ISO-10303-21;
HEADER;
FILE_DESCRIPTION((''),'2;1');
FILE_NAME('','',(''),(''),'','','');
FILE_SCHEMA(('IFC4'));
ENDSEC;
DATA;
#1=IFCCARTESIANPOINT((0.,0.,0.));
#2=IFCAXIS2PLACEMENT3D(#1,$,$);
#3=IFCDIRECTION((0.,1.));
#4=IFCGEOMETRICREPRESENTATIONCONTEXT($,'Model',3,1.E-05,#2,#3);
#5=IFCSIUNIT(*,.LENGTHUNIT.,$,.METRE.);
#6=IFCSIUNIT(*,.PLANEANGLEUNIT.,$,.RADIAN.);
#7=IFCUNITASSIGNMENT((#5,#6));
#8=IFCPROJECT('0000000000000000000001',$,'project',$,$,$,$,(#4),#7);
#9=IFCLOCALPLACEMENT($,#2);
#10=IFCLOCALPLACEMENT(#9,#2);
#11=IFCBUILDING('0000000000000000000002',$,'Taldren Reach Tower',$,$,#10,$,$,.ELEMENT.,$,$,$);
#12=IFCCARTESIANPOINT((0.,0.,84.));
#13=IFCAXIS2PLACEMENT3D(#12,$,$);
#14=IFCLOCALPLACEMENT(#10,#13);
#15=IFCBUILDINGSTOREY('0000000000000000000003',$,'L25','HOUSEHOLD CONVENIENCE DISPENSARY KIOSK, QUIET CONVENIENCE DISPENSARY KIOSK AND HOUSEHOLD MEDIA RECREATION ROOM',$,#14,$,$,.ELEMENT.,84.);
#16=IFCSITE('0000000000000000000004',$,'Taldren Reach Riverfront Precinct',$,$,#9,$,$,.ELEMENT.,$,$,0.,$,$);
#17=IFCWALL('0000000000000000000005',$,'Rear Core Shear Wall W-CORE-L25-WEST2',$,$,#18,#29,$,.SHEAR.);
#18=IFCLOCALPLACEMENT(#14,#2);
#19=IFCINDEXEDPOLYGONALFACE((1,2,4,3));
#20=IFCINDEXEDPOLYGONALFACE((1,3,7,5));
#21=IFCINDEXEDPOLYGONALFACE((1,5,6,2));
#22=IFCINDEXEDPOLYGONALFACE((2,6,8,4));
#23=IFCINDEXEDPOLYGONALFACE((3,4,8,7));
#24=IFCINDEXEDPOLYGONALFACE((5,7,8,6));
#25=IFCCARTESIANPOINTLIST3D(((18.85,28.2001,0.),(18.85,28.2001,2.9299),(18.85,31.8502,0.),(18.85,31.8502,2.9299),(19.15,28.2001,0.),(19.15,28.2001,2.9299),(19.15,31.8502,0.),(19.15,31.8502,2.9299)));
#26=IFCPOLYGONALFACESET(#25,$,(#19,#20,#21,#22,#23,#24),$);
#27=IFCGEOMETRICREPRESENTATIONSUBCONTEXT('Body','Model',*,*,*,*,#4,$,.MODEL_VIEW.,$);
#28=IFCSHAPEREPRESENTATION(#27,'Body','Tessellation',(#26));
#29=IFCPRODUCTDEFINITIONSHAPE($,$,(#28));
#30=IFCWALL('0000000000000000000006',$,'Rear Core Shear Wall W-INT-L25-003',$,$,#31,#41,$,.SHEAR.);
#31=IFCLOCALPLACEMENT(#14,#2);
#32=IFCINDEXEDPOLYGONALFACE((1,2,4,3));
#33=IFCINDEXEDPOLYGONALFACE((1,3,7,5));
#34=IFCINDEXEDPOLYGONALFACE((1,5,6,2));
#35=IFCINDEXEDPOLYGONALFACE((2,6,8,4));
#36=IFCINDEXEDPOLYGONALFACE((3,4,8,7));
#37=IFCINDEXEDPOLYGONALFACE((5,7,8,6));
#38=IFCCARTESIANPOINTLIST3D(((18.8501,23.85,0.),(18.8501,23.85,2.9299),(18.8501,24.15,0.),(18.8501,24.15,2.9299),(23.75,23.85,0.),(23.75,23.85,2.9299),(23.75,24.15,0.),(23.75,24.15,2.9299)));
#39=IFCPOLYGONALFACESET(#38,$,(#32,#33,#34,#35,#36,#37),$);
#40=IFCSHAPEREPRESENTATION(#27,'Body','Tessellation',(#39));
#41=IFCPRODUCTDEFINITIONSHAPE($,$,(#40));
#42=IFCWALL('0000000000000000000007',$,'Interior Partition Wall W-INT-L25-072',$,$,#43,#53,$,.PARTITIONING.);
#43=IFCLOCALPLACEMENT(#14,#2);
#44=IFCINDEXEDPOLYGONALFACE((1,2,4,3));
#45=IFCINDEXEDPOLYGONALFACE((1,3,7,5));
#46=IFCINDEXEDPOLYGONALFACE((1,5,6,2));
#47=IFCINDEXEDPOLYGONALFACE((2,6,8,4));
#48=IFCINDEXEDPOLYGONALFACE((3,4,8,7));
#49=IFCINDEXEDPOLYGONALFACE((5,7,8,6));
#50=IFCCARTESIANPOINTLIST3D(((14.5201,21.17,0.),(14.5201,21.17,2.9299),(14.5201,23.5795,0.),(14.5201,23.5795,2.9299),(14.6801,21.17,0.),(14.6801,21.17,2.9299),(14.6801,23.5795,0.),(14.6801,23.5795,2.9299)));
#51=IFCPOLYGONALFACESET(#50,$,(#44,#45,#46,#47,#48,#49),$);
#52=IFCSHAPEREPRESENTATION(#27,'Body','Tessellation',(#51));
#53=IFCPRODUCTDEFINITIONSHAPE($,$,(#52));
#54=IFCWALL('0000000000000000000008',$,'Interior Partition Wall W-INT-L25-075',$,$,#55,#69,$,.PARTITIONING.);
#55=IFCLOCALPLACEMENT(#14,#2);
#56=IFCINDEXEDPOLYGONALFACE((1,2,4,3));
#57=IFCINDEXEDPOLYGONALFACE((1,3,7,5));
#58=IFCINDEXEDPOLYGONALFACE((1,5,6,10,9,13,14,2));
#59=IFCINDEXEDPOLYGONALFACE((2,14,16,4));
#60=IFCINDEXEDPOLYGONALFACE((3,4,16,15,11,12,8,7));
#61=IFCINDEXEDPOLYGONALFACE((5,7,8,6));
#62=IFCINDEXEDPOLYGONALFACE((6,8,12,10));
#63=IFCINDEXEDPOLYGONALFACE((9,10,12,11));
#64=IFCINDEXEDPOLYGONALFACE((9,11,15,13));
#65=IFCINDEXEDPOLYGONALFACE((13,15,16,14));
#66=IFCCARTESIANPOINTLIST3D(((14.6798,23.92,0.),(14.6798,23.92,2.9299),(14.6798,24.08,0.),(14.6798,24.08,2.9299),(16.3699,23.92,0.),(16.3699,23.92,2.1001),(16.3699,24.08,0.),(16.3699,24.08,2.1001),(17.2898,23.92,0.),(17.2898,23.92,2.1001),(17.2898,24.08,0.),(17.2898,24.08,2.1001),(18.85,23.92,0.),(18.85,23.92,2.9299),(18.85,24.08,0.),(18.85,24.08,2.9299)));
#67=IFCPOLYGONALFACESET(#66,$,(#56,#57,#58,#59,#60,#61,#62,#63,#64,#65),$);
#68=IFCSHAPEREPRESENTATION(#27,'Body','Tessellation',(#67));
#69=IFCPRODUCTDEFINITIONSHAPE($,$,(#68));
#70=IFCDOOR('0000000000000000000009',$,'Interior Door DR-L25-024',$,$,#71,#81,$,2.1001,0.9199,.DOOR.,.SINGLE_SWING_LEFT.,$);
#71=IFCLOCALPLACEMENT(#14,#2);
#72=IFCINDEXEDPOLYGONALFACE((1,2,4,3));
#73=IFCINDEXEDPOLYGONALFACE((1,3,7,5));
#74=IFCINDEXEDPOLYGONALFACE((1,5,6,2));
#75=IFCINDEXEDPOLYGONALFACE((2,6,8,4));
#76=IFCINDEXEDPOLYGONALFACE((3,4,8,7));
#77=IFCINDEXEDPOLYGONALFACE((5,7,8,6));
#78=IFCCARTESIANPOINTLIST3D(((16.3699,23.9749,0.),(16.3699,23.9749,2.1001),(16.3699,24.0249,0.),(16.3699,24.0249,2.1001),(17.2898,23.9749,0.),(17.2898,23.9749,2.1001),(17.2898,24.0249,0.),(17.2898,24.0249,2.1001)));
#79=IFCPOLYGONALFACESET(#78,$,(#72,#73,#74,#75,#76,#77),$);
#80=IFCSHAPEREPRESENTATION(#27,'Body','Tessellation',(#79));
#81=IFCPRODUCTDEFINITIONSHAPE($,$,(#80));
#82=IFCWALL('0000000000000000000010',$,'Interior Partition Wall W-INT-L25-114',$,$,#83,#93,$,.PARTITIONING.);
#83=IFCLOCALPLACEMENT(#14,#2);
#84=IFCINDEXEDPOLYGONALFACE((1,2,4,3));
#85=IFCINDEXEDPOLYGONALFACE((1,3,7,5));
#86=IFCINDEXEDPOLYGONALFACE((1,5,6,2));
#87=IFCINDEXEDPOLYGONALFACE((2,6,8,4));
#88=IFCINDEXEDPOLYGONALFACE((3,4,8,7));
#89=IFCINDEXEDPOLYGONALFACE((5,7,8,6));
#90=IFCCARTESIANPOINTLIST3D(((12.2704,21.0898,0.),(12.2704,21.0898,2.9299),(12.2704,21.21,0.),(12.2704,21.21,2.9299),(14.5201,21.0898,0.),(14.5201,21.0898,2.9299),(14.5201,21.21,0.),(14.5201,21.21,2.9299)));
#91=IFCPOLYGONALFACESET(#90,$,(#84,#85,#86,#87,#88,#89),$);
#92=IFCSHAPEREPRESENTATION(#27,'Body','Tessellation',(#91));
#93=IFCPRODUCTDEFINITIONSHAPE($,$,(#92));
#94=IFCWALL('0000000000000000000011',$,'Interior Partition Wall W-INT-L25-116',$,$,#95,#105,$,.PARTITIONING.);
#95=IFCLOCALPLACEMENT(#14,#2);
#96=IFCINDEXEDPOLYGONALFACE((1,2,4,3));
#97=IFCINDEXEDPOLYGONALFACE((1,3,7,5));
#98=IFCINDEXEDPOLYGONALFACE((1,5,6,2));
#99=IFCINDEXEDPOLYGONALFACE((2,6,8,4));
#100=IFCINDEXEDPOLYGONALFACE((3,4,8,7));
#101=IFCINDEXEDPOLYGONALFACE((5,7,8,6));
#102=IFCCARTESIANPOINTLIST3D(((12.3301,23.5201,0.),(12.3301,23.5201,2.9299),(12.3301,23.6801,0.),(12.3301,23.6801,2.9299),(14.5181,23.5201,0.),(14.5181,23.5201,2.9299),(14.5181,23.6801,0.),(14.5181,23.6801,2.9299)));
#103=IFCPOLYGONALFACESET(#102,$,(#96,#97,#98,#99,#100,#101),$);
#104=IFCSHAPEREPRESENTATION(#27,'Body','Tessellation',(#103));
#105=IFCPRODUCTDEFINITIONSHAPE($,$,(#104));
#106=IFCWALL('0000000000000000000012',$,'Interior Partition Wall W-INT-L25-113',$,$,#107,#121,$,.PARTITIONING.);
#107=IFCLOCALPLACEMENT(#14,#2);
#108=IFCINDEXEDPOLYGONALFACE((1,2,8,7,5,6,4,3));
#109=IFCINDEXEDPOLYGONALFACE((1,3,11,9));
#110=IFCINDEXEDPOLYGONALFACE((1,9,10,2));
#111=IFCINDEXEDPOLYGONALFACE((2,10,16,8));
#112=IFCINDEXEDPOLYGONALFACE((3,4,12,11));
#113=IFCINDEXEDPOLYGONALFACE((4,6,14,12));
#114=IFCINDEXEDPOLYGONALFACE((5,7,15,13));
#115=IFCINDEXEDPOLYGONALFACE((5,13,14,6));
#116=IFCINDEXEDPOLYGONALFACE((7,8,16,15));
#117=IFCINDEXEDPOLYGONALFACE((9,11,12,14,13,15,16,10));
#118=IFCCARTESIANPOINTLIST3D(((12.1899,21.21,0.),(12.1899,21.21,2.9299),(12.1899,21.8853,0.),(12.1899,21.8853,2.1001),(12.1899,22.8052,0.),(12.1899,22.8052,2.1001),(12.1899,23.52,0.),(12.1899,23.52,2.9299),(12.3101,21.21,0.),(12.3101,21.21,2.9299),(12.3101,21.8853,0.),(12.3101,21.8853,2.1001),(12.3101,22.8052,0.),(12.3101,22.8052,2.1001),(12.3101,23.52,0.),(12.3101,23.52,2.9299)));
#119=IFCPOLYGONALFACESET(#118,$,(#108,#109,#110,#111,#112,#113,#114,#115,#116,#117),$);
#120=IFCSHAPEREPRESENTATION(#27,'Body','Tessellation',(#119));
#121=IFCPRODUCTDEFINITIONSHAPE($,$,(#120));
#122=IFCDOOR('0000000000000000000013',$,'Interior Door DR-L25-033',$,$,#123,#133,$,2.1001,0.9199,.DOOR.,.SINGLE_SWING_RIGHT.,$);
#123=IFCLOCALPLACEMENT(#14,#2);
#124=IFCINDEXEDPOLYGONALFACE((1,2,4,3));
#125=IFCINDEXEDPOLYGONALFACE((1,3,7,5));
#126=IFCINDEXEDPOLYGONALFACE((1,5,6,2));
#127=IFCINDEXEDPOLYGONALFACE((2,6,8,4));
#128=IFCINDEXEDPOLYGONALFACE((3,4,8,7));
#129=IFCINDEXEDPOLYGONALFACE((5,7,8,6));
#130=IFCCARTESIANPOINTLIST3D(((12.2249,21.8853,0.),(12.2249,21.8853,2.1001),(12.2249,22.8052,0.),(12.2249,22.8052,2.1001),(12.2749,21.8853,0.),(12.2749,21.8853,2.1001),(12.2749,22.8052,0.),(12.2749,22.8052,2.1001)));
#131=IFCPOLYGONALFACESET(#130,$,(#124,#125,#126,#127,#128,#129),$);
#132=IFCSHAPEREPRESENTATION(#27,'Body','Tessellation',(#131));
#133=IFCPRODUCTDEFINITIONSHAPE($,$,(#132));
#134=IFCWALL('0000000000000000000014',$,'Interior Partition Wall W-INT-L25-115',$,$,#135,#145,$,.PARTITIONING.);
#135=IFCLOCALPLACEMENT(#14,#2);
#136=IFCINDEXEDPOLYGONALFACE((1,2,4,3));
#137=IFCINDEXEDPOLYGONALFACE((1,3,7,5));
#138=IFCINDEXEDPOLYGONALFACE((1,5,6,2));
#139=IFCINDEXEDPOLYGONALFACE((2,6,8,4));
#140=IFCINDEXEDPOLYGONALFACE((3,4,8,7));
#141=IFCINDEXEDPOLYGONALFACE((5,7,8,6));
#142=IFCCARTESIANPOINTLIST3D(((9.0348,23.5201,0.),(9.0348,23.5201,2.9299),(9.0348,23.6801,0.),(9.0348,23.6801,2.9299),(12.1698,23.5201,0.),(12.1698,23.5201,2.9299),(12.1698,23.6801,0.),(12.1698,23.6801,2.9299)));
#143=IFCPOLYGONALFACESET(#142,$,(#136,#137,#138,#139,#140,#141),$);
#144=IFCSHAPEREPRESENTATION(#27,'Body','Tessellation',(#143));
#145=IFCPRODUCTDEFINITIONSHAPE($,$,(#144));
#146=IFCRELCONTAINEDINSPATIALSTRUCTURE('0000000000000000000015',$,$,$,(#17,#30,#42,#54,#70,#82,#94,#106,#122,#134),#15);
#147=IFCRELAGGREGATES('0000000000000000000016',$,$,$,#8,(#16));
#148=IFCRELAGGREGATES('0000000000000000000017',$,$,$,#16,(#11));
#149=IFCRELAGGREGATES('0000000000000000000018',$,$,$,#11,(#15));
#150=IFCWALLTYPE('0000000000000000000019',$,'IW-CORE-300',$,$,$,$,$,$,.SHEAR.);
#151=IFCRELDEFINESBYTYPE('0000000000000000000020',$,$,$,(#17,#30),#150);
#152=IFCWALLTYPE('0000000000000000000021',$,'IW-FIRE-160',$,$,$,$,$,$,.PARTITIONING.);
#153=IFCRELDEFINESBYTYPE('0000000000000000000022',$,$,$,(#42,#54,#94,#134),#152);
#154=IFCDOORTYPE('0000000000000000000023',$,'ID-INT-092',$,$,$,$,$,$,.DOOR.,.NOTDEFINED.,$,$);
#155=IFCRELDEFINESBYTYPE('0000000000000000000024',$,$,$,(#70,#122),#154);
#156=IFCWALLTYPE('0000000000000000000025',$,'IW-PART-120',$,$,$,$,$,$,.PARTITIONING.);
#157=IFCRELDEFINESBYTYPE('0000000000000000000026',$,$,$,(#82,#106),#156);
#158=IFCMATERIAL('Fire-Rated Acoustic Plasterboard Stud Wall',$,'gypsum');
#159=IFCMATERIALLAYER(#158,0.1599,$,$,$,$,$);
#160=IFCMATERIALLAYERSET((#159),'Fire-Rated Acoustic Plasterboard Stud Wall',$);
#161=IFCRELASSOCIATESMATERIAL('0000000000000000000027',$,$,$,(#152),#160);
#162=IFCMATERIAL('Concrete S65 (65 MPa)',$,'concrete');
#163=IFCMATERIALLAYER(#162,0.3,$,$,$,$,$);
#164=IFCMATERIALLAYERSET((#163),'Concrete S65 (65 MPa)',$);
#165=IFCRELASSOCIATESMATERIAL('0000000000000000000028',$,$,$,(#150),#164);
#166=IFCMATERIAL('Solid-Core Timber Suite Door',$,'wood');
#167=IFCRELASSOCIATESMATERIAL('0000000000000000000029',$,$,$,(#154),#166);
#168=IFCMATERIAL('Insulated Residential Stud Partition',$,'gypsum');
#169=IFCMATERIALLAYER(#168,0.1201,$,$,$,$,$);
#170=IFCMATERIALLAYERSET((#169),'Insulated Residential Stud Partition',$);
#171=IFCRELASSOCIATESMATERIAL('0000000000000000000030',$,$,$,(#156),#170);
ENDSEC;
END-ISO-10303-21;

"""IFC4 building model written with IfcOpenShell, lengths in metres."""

from ifc_helpers import new_model, si_unit, direction, frame, frame_2d, origin, place, context, subcontext, project, spatial, rectangle, extrude, source, transform, mapped, material, layer, layer_set, type_object, element, fill, save


model = new_model("IFC4")

# Units and contexts
model_context = context("Model", 3, precision=1e-05, world=origin(), true_north=direction((0.0, 1.0)))
body_context = subcontext(model_context, "Body", "Model", "MODEL_VIEW")
ifc_project = project(units=[si_unit("LENGTHUNIT", "METRE"), si_unit("PLANEANGLEUNIT", "RADIAN")], contexts=[model_context])

# Site, building, storey
site_placement = place(None, origin())
site = spatial("IfcSite", under=ifc_project, at=site_placement, Name="Taldren Reach Riverfront Precinct", CompositionType="ELEMENT", RefElevation=0.0)
building_placement = place(site_placement, origin())
building = spatial("IfcBuilding", under=site, at=building_placement, Name="Taldren Reach Tower", CompositionType="ELEMENT")
storey_placement = place(building_placement, frame((0.0, 0.0, 84.0)))
storey = spatial("IfcBuildingStorey", under=building, at=storey_placement, Name="L25", Description="HOUSEHOLD CONVENIENCE DISPENSARY KIOSK, QUIET CONVENIENCE DISPENSARY KIOSK AND HOUSEHOLD MEDIA RECREATION ROOM", CompositionType="ELEMENT", Elevation=84.0)

# Shared definitions
ifc_material_1 = material(Name="Concrete S65 (65 MPa)", Category="concrete")

# Walls
ifc_material_2 = material(Name="Fire-Rated Acoustic Plasterboard Stud Wall", Category="gypsum")
ifc_layer_1 = layer(ifc_material_2, 0.1599)
ifc_layer_set_1 = layer_set([ifc_layer_1], Name="Fire-Rated Acoustic Plasterboard Stud Wall")
wall_type_1 = type_object("IfcWallType", Name="IW-FIRE-160", PredefinedType="PARTITIONING", material=ifc_layer_set_1)
ifc_layer_2 = layer(ifc_material_1, 0.3)
ifc_layer_set_2 = layer_set([ifc_layer_2], Name="Concrete S65 (65 MPa)")
wall_type_2 = type_object("IfcWallType", Name="IW-CORE-300", PredefinedType="SHEAR", material=ifc_layer_set_2)
shared_shape_1 = source(origin(), body_context, "Body", "SweptSolid", [
    extrude(rectangle(XDim=3.6501, YDim=0.3, at=frame_2d((1.8252, 0.0))), origin(), (0.0, 0.0, 1.0), 2.9299),
])
wall_1_placement = place(storey_placement, frame((19.0, 28.2, 0.0), z_axis=(0.0, 0.0, 1.0), x_axis=(0.0, 1.0, 0.0)))
element("IfcWall", 1, at=wall_1_placement, inside=storey, type_object=wall_type_2, Name="Rear Core Shear Wall W-CORE-L25-WEST2", PredefinedType="SHEAR", context=body_context, shape_type="MappedRepresentation", body=[
    mapped(shared_shape_1, transform((0.0, 0.0, 0.0), scale=1.0)),
])
shared_shape_2 = source(origin(), body_context, "Body", "SweptSolid", [
    extrude(rectangle(XDim=4.8999, YDim=0.3, at=frame_2d((2.45, 0.0))), origin(), (0.0, 0.0, 1.0), 2.9299),
])
wall_2_placement = place(storey_placement, frame((18.8501, 24.0, 0.0), z_axis=(0.0, 0.0, 1.0), x_axis=(1.0, 0.0, 0.0)))
element("IfcWall", 2, at=wall_2_placement, inside=storey, type_object=wall_type_2, Name="Rear Core Shear Wall W-INT-L25-003", PredefinedType="SHEAR", context=body_context, shape_type="MappedRepresentation", body=[
    mapped(shared_shape_2, transform((0.0, 0.0, 0.0), scale=1.0)),
])
shared_shape_3 = source(origin(), body_context, "Body", "SweptSolid", [
    extrude(rectangle(XDim=2.4094, YDim=0.1599, at=frame_2d((1.2046, 0.0))), origin(), (0.0, 0.0, 1.0), 2.9299),
])
wall_3_placement = place(storey_placement, frame((14.6001, 21.1702, 0.0), z_axis=(0.0, 0.0, 1.0), x_axis=(0.0, 1.0, 0.0)))
element("IfcWall", 3, at=wall_3_placement, inside=storey, type_object=wall_type_1, Name="Interior Partition Wall W-INT-L25-072", PredefinedType="PARTITIONING", context=body_context, shape_type="MappedRepresentation", body=[
    mapped(shared_shape_3, transform((0.0, 0.0, 0.0), scale=1.0)),
])

# Wall, opening, door
shared_shape_4 = source(origin(), body_context, "Body", "SweptSolid", [
    extrude(rectangle(XDim=4.1702, YDim=0.1599, at=frame_2d((2.085, 0.0))), origin(), (0.0, 0.0, 1.0), 2.9299),
])
wall_4_placement = place(storey_placement, frame((14.6799, 24.0, 0.0), z_axis=(0.0, 0.0, 1.0), x_axis=(1.0, 0.0, 0.0)))
wall_4 = element("IfcWall", 4, at=wall_4_placement, inside=storey, type_object=wall_type_1, Name="Interior Partition Wall W-INT-L25-075", PredefinedType="PARTITIONING", context=body_context, shape_type="MappedRepresentation", body=[
    mapped(shared_shape_4, transform((0.0, 0.0, 0.0), scale=1.0)),
])
shared_shape_5 = source(origin(), body_context, "Body", "SweptSolid", [
    extrude(rectangle(XDim=0.9199, YDim=2.1001, at=frame_2d((0.46, 1.05))), frame((0.0, 0.0898, 0.0), z_axis=(0.0, -1.0, 0.0), x_axis=(1.0, 0.0, 0.0)), (0.0, 0.0, 1.0), 0.1799),
])
opening_1_placement = place(wall_4_placement, frame((1.6899, 0.0, 0.0)))
opening_1 = element("IfcOpeningElement", 5, at=opening_1_placement, cuts=wall_4, PredefinedType="OPENING", context=body_context, shape_type="MappedRepresentation", body=[
    mapped(shared_shape_5, transform((0.0, 0.0, 0.0), scale=1.0)),
])
ifc_material_3 = material(Name="Solid-Core Timber Suite Door", Category="wood")
door_type_1 = type_object("IfcDoorType", Name="ID-INT-092", OperationType="NOTDEFINED", PredefinedType="DOOR", material=ifc_material_3)
shared_shape_6 = source(origin(), body_context, "Body", "SweptSolid", [
    extrude(rectangle(XDim=0.9199, YDim=2.1001, at=frame_2d((0.46, 1.05))), frame((0.0, 0.0249, 0.0), z_axis=(0.0, -1.0, 0.0), x_axis=(1.0, 0.0, 0.0)), (0.0, 0.0, 1.0), 0.05),
])
door_1_placement = place(opening_1_placement, origin())
door_1 = element("IfcDoor", 6, at=door_1_placement, inside=storey, type_object=door_type_1, Name="Interior Door DR-L25-024", OperationType="SINGLE_SWING_LEFT", OverallHeight=2.1001, OverallWidth=0.9199, PredefinedType="DOOR", context=body_context, shape_type="MappedRepresentation", body=[
    mapped(shared_shape_6, transform((0.0, 0.0, 0.0), scale=1.0)),
])
fill(opening_1, door_1)

# Walls
ifc_material_4 = material(Name="Insulated Residential Stud Partition", Category="gypsum")
ifc_layer_3 = layer(ifc_material_4, 0.1201)
ifc_layer_set_3 = layer_set([ifc_layer_3], Name="Insulated Residential Stud Partition")
wall_type_3 = type_object("IfcWallType", Name="IW-PART-120", PredefinedType="PARTITIONING", material=ifc_layer_set_3)
shared_shape_7 = source(origin(), body_context, "Body", "SweptSolid", [
    extrude(rectangle(XDim=2.2498, YDim=0.1201, at=frame_2d((1.125, 0.0))), origin(), (0.0, 0.0, 1.0), 2.9299),
])
wall_5_placement = place(storey_placement, frame((12.2703, 21.1499, 0.0), z_axis=(0.0, 0.0, 1.0), x_axis=(1.0, 0.0, 0.0)))
element("IfcWall", 7, at=wall_5_placement, inside=storey, type_object=wall_type_3, Name="Interior Partition Wall W-INT-L25-114", PredefinedType="PARTITIONING", context=body_context, shape_type="MappedRepresentation", body=[
    mapped(shared_shape_7, transform((0.0, 0.0, 0.0), scale=1.0)),
])
shared_shape_8 = source(origin(), body_context, "Body", "SweptSolid", [
    extrude(rectangle(XDim=2.188, YDim=0.1599, at=frame_2d((1.094, 0.0))), origin(), (0.0, 0.0, 1.0), 2.9299),
])
wall_6_placement = place(storey_placement, frame((12.3301, 23.6001, 0.0), z_axis=(0.0, 0.0, 1.0), x_axis=(1.0, 0.0, 0.0)))
element("IfcWall", 8, at=wall_6_placement, inside=storey, type_object=wall_type_1, Name="Interior Partition Wall W-INT-L25-116", PredefinedType="PARTITIONING", context=body_context, shape_type="MappedRepresentation", body=[
    mapped(shared_shape_8, transform((0.0, 0.0, 0.0), scale=1.0)),
])

# Wall, opening, door
shared_shape_9 = source(origin(), body_context, "Body", "SweptSolid", [
    extrude(rectangle(XDim=2.3101, YDim=0.1201, at=frame_2d((1.155, 0.0))), origin(), (0.0, 0.0, 1.0), 2.9299),
])
wall_7_placement = place(storey_placement, frame((12.25, 23.52, 0.0), z_axis=(0.0, 0.0, 1.0), x_axis=(0.0, -1.0, 0.0)))
wall_7 = element("IfcWall", 9, at=wall_7_placement, inside=storey, type_object=wall_type_3, Name="Interior Partition Wall W-INT-L25-113", PredefinedType="PARTITIONING", context=body_context, shape_type="MappedRepresentation", body=[
    mapped(shared_shape_9, transform((0.0, 0.0, 0.0), scale=1.0)),
])
shared_shape_10 = source(origin(), body_context, "Body", "SweptSolid", [
    extrude(rectangle(XDim=0.9199, YDim=2.1001, at=frame_2d((0.46, 1.05))), frame((0.0, 0.0701, 0.0), z_axis=(0.0, -1.0, 0.0), x_axis=(1.0, 0.0, 0.0)), (0.0, 0.0, 1.0), 0.1401),
])
opening_2_placement = place(wall_7_placement, frame((0.7148, 0.0, 0.0)))
opening_2 = element("IfcOpeningElement", 10, at=opening_2_placement, cuts=wall_7, PredefinedType="OPENING", context=body_context, shape_type="MappedRepresentation", body=[
    mapped(shared_shape_10, transform((0.0, 0.0, 0.0), scale=1.0)),
])
door_2_placement = place(opening_2_placement, origin())
door_2 = element("IfcDoor", 11, at=door_2_placement, inside=storey, type_object=door_type_1, Name="Interior Door DR-L25-033", OperationType="SINGLE_SWING_RIGHT", OverallHeight=2.1001, OverallWidth=0.9199, PredefinedType="DOOR", context=body_context, shape_type="MappedRepresentation", body=[
    mapped(shared_shape_6, transform((0.0, 0.0, 0.0), scale=1.0)),
])
fill(opening_2, door_2)

# Wall
shared_shape_11 = source(origin(), body_context, "Body", "SweptSolid", [
    extrude(rectangle(XDim=3.135, YDim=0.1599, at=frame_2d((1.5674, 0.0))), origin(), (0.0, 0.0, 1.0), 2.9299),
])
wall_8_placement = place(storey_placement, frame((9.0349, 23.6001, 0.0), z_axis=(0.0, 0.0, 1.0), x_axis=(1.0, 0.0, 0.0)))
element("IfcWall", 12, at=wall_8_placement, inside=storey, type_object=wall_type_1, Name="Interior Partition Wall W-INT-L25-115", PredefinedType="PARTITIONING", context=body_context, shape_type="MappedRepresentation", body=[
    mapped(shared_shape_11, transform((0.0, 0.0, 0.0), scale=1.0)),
])

save(model, "model.ifc")
